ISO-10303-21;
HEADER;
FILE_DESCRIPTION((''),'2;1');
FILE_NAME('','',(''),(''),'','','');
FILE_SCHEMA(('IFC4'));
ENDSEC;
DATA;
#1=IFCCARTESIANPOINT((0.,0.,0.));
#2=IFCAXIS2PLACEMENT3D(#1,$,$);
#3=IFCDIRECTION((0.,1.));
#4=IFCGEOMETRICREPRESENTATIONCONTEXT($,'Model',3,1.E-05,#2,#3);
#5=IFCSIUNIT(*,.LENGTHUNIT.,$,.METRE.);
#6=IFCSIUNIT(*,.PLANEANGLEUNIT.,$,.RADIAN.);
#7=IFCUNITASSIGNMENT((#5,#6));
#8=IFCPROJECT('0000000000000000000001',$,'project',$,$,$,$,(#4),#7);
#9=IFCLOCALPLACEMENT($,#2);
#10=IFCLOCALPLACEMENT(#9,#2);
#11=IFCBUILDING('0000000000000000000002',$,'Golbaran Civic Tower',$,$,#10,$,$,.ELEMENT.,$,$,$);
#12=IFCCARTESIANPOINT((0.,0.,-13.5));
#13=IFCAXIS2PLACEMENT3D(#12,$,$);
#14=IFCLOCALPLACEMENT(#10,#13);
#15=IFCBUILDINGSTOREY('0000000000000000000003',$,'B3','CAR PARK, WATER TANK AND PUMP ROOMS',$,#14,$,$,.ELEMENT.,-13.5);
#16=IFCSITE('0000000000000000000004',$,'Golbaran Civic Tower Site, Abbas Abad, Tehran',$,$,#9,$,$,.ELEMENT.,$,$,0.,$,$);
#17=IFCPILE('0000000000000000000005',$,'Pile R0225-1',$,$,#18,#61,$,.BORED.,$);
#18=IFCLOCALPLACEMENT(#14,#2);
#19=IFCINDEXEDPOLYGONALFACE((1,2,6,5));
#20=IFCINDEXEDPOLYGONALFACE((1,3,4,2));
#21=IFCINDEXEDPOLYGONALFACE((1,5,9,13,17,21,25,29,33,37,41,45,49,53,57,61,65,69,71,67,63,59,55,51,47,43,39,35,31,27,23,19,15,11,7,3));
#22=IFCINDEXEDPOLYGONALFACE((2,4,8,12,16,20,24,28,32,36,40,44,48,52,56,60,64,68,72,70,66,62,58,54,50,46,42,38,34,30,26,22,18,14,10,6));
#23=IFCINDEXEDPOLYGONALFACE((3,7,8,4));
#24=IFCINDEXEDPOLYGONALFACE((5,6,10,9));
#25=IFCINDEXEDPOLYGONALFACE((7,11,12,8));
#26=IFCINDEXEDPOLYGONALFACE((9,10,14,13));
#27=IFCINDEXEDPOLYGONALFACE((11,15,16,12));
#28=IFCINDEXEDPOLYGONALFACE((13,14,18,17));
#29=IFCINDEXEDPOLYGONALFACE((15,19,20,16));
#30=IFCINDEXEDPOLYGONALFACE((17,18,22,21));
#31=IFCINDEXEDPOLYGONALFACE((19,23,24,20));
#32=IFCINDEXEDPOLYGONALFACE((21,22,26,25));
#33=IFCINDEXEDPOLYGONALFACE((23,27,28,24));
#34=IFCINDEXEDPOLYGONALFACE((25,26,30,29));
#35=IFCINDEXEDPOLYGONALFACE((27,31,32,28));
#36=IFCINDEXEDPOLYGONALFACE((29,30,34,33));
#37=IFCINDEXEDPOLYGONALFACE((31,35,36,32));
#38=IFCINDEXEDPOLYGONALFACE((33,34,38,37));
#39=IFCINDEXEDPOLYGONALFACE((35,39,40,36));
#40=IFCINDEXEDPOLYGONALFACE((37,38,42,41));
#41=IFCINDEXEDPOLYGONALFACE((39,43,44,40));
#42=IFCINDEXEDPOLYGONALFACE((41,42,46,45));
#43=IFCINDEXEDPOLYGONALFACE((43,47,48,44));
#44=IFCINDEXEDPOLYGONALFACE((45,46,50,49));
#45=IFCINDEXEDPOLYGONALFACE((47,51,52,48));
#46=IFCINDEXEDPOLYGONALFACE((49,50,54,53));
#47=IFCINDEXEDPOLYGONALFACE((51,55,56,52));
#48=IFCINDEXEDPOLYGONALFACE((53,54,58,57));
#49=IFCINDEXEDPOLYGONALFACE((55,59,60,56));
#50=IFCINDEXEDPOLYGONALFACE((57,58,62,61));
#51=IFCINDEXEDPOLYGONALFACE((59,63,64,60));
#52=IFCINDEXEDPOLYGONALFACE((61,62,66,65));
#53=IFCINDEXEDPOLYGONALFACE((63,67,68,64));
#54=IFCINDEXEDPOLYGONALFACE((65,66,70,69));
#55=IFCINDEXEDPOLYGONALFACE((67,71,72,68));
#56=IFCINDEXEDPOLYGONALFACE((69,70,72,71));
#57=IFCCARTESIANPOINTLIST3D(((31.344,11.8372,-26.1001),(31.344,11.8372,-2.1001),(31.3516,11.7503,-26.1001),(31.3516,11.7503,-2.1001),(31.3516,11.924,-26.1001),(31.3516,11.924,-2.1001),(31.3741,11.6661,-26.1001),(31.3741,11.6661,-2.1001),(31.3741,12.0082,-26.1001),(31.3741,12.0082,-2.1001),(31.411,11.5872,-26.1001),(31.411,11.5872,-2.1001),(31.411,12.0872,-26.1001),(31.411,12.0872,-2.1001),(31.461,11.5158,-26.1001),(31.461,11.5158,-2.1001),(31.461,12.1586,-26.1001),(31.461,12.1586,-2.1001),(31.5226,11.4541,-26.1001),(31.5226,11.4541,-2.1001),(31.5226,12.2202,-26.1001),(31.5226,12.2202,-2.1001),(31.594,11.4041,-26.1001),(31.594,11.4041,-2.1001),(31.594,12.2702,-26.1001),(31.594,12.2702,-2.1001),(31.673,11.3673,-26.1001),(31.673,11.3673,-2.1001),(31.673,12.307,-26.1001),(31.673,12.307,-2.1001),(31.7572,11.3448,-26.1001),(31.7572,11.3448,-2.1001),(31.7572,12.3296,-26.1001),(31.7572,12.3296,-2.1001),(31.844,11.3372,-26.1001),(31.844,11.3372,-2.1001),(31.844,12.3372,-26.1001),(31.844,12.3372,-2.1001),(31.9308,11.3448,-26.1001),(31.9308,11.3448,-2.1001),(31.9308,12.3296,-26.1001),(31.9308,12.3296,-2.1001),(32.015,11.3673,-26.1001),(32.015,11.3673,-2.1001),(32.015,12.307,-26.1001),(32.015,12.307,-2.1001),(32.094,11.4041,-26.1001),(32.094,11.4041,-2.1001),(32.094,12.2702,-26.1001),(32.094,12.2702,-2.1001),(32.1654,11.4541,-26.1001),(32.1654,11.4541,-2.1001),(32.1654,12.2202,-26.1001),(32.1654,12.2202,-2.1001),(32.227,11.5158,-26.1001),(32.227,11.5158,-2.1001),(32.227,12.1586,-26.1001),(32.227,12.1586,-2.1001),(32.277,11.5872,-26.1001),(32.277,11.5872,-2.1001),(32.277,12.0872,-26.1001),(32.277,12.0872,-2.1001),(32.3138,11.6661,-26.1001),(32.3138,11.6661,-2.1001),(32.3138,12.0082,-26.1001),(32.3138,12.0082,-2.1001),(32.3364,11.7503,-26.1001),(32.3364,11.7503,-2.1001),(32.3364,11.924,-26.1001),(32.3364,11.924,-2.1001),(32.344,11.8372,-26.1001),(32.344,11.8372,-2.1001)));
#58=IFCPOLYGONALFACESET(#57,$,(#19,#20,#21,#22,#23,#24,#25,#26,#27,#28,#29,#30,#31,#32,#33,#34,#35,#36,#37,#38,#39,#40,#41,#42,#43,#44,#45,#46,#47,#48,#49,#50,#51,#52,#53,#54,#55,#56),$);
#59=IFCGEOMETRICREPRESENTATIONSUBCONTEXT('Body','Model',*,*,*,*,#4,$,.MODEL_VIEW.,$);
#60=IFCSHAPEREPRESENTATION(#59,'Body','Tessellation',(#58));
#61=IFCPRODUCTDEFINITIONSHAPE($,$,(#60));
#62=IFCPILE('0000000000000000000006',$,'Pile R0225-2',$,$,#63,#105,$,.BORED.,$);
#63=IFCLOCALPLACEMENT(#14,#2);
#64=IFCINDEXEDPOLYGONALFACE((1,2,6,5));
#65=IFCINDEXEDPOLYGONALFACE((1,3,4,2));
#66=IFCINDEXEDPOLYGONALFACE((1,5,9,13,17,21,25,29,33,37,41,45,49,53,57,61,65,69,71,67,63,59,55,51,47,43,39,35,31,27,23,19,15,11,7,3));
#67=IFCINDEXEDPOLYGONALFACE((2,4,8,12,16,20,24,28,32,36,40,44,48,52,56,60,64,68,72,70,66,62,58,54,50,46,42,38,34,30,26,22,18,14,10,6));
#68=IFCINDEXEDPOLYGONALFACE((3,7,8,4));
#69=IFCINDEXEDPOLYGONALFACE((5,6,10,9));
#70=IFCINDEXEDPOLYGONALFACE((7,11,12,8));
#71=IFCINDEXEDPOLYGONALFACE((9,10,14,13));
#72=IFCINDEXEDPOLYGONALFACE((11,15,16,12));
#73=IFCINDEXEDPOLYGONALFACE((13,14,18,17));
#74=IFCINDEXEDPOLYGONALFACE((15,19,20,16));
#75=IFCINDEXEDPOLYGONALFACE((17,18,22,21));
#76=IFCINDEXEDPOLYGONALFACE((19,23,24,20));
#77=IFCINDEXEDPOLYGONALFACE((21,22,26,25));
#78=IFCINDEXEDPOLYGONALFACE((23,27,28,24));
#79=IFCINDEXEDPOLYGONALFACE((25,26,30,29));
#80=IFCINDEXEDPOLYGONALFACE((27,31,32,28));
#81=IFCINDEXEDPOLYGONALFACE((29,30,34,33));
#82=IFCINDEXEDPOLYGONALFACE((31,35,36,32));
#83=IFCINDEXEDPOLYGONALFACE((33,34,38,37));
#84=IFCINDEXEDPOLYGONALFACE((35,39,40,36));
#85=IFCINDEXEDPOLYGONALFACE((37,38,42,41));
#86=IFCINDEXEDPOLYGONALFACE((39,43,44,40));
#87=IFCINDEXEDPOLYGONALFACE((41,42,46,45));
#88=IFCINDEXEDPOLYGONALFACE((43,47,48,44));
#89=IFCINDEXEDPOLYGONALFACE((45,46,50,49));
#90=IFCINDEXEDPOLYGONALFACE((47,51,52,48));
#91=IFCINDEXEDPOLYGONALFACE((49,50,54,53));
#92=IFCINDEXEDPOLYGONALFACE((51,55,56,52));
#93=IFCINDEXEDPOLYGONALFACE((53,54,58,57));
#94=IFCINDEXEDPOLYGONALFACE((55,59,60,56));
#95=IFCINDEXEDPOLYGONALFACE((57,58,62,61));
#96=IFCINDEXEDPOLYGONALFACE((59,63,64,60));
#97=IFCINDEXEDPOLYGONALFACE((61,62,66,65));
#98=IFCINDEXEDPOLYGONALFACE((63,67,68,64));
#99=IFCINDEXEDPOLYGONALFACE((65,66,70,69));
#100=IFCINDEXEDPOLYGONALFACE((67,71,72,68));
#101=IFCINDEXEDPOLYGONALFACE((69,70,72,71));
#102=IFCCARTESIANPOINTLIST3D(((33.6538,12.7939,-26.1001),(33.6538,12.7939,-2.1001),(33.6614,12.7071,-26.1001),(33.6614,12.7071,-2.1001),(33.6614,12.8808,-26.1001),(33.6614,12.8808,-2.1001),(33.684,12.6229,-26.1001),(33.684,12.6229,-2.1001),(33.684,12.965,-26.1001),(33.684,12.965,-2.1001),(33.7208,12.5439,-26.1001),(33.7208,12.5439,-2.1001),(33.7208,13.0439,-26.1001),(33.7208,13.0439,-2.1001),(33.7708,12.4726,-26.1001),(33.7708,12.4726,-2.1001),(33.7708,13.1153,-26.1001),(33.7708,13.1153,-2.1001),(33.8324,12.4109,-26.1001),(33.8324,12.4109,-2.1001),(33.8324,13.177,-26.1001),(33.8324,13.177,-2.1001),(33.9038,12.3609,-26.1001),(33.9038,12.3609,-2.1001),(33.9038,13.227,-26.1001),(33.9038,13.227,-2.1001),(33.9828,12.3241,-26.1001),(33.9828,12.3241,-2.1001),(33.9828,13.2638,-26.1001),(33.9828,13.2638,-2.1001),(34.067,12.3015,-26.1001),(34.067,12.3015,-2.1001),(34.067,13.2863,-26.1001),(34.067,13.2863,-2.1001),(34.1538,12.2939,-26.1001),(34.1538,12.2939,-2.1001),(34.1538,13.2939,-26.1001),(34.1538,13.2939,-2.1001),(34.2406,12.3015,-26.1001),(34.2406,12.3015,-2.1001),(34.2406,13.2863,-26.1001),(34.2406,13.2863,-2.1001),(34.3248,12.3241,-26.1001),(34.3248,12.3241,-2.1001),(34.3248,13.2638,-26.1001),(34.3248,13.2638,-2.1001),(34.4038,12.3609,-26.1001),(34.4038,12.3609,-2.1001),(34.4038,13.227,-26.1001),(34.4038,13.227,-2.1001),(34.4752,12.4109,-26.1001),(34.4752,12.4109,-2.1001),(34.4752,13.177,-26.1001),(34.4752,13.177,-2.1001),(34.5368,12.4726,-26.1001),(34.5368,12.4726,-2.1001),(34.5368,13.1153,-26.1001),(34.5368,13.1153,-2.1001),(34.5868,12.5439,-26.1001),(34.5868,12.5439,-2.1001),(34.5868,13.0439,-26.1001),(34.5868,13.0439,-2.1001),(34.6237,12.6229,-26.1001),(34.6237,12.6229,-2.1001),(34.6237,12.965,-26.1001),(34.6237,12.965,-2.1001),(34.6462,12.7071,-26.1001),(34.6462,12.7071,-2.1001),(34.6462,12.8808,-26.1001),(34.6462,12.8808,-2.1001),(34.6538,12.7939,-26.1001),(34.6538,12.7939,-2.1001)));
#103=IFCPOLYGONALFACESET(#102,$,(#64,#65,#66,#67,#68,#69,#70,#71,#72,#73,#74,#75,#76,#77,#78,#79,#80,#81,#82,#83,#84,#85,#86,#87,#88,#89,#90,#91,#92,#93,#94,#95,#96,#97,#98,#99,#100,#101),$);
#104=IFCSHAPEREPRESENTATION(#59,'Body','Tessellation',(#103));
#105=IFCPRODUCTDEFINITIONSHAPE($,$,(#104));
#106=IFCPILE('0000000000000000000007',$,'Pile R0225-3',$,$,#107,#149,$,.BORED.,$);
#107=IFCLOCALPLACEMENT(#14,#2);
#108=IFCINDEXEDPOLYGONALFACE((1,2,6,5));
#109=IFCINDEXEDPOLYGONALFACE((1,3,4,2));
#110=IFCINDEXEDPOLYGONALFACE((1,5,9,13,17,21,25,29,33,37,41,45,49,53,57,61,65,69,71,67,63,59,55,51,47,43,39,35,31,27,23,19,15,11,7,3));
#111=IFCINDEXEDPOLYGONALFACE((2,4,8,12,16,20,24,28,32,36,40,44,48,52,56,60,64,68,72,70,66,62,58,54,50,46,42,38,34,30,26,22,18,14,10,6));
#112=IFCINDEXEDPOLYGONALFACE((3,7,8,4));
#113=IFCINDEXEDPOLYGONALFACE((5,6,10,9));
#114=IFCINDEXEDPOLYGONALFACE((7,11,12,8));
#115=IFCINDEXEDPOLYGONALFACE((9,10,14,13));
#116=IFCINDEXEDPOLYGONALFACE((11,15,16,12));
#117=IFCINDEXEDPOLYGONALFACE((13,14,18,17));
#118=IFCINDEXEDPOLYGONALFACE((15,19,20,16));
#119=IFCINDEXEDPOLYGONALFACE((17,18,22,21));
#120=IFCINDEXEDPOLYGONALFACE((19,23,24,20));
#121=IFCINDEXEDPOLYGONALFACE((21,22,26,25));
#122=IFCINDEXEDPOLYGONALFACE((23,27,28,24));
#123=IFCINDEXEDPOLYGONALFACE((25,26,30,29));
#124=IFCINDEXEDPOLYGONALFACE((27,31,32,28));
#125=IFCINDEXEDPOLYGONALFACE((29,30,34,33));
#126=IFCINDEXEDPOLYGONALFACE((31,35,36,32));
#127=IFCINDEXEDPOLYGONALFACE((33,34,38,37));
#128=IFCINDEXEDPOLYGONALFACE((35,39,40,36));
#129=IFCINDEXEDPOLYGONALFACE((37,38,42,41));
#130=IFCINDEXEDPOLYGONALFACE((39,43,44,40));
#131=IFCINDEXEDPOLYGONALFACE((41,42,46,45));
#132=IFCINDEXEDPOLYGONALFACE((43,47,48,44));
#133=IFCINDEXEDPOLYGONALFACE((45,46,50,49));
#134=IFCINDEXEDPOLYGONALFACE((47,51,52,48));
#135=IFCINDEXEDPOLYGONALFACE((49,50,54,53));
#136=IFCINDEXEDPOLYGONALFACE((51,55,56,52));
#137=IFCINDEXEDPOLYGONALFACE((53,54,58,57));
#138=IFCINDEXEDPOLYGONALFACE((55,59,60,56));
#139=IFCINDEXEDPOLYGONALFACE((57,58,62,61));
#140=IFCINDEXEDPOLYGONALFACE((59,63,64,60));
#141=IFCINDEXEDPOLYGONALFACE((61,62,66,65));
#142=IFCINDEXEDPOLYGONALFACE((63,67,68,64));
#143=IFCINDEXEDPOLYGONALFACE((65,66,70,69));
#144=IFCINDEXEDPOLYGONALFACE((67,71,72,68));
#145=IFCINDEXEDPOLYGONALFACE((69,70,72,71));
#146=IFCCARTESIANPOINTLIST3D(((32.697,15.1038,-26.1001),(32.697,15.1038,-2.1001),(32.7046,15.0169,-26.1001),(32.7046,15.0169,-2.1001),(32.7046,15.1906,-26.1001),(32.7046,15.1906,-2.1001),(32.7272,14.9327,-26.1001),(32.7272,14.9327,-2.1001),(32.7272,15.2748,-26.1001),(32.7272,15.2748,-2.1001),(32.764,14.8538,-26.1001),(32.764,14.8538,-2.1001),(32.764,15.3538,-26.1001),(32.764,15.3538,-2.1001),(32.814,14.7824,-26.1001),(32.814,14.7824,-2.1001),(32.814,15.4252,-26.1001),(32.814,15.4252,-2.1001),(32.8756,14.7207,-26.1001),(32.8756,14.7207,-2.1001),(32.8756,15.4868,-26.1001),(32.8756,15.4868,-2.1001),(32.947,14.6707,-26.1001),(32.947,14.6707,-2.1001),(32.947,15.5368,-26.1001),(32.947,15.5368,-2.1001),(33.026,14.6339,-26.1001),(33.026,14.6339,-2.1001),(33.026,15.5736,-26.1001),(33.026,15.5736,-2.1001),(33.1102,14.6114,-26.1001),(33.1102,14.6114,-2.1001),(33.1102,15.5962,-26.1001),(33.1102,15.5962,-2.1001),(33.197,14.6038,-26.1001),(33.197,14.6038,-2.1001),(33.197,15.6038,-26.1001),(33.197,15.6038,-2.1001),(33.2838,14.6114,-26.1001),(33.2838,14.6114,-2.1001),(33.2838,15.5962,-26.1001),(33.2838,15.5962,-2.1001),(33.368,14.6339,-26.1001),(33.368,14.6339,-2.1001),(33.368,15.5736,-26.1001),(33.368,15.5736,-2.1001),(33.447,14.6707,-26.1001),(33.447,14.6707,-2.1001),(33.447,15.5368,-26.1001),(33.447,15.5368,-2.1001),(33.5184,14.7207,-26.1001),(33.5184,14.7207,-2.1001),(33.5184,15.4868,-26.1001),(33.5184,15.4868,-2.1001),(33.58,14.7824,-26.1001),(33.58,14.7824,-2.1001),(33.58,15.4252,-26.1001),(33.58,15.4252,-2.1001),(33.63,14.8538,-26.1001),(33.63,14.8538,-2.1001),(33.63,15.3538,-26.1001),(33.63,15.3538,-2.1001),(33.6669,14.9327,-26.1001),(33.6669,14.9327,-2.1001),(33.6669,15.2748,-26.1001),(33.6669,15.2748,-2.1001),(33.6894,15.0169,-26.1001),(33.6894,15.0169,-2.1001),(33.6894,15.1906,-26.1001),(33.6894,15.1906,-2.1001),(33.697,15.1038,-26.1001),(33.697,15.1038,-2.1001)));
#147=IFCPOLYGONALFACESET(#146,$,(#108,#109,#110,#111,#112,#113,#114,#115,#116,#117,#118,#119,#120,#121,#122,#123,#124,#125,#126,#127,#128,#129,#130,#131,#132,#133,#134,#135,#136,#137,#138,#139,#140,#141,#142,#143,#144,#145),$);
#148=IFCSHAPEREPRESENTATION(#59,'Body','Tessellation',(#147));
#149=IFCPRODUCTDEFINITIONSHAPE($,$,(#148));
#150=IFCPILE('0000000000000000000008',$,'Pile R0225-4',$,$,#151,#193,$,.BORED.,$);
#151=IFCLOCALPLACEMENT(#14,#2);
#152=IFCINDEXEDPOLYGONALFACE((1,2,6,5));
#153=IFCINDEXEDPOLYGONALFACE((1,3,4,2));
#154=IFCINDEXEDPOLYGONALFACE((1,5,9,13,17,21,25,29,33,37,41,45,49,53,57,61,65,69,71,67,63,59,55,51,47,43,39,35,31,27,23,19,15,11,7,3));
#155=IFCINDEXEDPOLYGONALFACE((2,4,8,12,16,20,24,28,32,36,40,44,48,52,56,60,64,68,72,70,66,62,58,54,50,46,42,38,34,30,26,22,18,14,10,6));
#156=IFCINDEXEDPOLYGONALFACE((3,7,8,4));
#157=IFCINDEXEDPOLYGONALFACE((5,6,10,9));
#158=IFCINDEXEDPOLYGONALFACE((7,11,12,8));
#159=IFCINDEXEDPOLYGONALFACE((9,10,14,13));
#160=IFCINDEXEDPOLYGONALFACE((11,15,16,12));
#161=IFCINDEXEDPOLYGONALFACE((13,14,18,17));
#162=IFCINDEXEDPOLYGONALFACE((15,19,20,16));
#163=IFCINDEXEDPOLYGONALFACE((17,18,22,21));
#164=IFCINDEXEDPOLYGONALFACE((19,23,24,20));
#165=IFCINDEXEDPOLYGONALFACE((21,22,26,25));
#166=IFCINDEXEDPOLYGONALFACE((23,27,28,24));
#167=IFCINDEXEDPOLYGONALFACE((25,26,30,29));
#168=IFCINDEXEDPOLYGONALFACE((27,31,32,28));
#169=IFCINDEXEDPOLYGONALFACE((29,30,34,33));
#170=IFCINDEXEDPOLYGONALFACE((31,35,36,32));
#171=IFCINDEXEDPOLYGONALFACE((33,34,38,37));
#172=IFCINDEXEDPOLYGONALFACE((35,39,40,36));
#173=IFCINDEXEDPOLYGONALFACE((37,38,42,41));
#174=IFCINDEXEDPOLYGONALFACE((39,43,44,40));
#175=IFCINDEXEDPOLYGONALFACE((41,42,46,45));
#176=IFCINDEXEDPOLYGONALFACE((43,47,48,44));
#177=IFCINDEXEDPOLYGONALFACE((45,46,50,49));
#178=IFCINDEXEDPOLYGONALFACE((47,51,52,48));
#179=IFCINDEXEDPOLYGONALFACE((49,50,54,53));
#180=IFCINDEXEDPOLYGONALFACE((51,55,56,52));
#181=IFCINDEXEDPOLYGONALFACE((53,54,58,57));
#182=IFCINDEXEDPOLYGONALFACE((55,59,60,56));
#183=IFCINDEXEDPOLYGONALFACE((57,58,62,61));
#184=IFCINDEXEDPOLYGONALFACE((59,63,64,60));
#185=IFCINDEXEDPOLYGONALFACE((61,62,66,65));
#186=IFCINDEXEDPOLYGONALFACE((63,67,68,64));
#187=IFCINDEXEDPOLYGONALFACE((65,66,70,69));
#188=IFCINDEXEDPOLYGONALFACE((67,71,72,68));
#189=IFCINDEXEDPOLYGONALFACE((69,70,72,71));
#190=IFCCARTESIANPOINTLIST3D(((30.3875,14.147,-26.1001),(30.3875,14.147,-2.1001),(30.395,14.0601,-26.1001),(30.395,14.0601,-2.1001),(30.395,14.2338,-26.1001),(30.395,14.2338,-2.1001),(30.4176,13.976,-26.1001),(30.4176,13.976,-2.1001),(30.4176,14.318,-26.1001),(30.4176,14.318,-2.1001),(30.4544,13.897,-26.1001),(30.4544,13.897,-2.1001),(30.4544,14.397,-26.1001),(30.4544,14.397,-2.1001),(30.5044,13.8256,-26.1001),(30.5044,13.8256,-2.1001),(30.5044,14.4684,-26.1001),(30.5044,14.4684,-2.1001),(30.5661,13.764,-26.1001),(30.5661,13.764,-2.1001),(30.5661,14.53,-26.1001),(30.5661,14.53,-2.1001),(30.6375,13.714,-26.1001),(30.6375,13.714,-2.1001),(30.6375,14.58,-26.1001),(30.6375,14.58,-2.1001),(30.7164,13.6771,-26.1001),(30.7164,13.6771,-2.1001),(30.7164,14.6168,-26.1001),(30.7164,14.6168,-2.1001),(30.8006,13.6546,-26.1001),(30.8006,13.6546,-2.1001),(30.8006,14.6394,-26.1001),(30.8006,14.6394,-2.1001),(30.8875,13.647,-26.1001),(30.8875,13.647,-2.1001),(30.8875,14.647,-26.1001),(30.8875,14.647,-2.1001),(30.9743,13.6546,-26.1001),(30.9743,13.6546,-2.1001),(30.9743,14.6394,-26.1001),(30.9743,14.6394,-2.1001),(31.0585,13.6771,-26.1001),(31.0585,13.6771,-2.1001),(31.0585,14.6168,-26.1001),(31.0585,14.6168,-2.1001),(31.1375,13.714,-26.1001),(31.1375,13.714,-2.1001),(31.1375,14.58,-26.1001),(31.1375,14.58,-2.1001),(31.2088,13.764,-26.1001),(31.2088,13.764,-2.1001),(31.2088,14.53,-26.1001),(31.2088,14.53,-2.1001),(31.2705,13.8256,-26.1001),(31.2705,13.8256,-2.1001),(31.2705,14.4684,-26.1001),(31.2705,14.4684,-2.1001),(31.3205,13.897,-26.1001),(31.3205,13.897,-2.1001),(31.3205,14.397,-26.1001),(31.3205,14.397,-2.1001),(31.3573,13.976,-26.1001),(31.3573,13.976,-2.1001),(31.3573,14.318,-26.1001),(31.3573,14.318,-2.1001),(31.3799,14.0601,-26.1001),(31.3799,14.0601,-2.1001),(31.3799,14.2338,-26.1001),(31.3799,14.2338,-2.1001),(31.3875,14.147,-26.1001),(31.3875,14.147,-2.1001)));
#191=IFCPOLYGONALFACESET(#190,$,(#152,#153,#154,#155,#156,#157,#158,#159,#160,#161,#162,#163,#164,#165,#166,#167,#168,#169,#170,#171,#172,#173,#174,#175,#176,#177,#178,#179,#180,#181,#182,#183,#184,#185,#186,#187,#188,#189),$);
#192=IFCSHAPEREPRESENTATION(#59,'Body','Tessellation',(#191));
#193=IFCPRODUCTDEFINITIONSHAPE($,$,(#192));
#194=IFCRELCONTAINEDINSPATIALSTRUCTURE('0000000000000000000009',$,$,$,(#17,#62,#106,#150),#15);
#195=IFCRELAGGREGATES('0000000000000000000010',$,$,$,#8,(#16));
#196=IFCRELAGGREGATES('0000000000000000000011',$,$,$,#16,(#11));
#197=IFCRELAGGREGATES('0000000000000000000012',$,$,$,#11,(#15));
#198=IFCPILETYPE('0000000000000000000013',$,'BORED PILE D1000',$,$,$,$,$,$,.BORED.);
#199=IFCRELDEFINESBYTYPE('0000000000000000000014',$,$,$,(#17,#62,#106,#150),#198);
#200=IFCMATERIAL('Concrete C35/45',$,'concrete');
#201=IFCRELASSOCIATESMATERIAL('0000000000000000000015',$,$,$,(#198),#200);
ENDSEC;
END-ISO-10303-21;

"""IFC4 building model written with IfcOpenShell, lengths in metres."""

from ifc_helpers import new_model, si_unit, direction, frame, origin, origin_2d, place, context, subcontext, project, spatial, circle, extrude, material, material_profile, profile_set, type_object, element, save


model = new_model("IFC4")

# Units and contexts
model_context = context("Model", 3, precision=1e-05, world=origin(), true_north=direction((0.0, 1.0)))
body_context = subcontext(model_context, "Body", "Model", "MODEL_VIEW")
ifc_project = project(units=[si_unit("LENGTHUNIT", "METRE"), si_unit("PLANEANGLEUNIT", "RADIAN")], contexts=[model_context])

# Site, building, storey
site_placement = place(None, origin())
site = spatial("IfcSite", under=ifc_project, at=site_placement, Name="Golbaran Civic Tower Site, Abbas Abad, Tehran", CompositionType="ELEMENT", RefElevation=0.0)
building_placement = place(site_placement, origin())
building = spatial("IfcBuilding", under=site, at=building_placement, Name="Golbaran Civic Tower", CompositionType="ELEMENT")
storey_placement = place(building_placement, frame((0.0, 0.0, -13.5)))
storey = spatial("IfcBuildingStorey", under=building, at=storey_placement, Name="B3", Description="CAR PARK, WATER TANK AND PUMP ROOMS", CompositionType="ELEMENT", Elevation=-13.5)

# Piles
ifc_material_1 = material(Name="Concrete C35/45", Category="concrete")
ifc_material_profile_1 = material_profile(ifc_material_1, circle(Radius=0.5, at=origin_2d()), Name="BORED PILE D1000")
ifc_profile_set_1 = profile_set([ifc_material_profile_1], Name="Concrete C35/45")
pile_type_1 = type_object("IfcPileType", Name="BORED PILE D1000", PredefinedType="BORED", material=ifc_profile_set_1)
for number, where, z_axis, x_axis, name in (
    (1, (31.844, 11.8372, -2.1001), (0.0, 0.0, -1.0), (1.0, 0.0, 0.0), "Pile R0225-1"),
    (2, (34.1538, 12.7939, -2.1001), (0.0, 0.0, -1.0), (1.0, 0.0, 0.0), "Pile R0225-2"),
    (3, (33.197, 15.1038, -2.1001), (0.0, 0.0, -1.0), (1.0, 0.0, 0.0), "Pile R0225-3"),
    (4, (30.8875, 14.147, -2.1001), (0.0, 0.0, -1.0), (1.0, 0.0, 0.0), "Pile R0225-4"),
):
    element("IfcPile", number, at=place(storey_placement, frame(where, z_axis=z_axis, x_axis=x_axis)), inside=storey, type_object=pile_type_1, Name=name, PredefinedType="BORED", context=body_context, shape_type="SweptSolid", body=[
        extrude(circle(Radius=0.5, at=origin_2d()), origin(), (0.0, 0.0, 1.0), 24.0),
    ])

save(model, "model.ifc")
